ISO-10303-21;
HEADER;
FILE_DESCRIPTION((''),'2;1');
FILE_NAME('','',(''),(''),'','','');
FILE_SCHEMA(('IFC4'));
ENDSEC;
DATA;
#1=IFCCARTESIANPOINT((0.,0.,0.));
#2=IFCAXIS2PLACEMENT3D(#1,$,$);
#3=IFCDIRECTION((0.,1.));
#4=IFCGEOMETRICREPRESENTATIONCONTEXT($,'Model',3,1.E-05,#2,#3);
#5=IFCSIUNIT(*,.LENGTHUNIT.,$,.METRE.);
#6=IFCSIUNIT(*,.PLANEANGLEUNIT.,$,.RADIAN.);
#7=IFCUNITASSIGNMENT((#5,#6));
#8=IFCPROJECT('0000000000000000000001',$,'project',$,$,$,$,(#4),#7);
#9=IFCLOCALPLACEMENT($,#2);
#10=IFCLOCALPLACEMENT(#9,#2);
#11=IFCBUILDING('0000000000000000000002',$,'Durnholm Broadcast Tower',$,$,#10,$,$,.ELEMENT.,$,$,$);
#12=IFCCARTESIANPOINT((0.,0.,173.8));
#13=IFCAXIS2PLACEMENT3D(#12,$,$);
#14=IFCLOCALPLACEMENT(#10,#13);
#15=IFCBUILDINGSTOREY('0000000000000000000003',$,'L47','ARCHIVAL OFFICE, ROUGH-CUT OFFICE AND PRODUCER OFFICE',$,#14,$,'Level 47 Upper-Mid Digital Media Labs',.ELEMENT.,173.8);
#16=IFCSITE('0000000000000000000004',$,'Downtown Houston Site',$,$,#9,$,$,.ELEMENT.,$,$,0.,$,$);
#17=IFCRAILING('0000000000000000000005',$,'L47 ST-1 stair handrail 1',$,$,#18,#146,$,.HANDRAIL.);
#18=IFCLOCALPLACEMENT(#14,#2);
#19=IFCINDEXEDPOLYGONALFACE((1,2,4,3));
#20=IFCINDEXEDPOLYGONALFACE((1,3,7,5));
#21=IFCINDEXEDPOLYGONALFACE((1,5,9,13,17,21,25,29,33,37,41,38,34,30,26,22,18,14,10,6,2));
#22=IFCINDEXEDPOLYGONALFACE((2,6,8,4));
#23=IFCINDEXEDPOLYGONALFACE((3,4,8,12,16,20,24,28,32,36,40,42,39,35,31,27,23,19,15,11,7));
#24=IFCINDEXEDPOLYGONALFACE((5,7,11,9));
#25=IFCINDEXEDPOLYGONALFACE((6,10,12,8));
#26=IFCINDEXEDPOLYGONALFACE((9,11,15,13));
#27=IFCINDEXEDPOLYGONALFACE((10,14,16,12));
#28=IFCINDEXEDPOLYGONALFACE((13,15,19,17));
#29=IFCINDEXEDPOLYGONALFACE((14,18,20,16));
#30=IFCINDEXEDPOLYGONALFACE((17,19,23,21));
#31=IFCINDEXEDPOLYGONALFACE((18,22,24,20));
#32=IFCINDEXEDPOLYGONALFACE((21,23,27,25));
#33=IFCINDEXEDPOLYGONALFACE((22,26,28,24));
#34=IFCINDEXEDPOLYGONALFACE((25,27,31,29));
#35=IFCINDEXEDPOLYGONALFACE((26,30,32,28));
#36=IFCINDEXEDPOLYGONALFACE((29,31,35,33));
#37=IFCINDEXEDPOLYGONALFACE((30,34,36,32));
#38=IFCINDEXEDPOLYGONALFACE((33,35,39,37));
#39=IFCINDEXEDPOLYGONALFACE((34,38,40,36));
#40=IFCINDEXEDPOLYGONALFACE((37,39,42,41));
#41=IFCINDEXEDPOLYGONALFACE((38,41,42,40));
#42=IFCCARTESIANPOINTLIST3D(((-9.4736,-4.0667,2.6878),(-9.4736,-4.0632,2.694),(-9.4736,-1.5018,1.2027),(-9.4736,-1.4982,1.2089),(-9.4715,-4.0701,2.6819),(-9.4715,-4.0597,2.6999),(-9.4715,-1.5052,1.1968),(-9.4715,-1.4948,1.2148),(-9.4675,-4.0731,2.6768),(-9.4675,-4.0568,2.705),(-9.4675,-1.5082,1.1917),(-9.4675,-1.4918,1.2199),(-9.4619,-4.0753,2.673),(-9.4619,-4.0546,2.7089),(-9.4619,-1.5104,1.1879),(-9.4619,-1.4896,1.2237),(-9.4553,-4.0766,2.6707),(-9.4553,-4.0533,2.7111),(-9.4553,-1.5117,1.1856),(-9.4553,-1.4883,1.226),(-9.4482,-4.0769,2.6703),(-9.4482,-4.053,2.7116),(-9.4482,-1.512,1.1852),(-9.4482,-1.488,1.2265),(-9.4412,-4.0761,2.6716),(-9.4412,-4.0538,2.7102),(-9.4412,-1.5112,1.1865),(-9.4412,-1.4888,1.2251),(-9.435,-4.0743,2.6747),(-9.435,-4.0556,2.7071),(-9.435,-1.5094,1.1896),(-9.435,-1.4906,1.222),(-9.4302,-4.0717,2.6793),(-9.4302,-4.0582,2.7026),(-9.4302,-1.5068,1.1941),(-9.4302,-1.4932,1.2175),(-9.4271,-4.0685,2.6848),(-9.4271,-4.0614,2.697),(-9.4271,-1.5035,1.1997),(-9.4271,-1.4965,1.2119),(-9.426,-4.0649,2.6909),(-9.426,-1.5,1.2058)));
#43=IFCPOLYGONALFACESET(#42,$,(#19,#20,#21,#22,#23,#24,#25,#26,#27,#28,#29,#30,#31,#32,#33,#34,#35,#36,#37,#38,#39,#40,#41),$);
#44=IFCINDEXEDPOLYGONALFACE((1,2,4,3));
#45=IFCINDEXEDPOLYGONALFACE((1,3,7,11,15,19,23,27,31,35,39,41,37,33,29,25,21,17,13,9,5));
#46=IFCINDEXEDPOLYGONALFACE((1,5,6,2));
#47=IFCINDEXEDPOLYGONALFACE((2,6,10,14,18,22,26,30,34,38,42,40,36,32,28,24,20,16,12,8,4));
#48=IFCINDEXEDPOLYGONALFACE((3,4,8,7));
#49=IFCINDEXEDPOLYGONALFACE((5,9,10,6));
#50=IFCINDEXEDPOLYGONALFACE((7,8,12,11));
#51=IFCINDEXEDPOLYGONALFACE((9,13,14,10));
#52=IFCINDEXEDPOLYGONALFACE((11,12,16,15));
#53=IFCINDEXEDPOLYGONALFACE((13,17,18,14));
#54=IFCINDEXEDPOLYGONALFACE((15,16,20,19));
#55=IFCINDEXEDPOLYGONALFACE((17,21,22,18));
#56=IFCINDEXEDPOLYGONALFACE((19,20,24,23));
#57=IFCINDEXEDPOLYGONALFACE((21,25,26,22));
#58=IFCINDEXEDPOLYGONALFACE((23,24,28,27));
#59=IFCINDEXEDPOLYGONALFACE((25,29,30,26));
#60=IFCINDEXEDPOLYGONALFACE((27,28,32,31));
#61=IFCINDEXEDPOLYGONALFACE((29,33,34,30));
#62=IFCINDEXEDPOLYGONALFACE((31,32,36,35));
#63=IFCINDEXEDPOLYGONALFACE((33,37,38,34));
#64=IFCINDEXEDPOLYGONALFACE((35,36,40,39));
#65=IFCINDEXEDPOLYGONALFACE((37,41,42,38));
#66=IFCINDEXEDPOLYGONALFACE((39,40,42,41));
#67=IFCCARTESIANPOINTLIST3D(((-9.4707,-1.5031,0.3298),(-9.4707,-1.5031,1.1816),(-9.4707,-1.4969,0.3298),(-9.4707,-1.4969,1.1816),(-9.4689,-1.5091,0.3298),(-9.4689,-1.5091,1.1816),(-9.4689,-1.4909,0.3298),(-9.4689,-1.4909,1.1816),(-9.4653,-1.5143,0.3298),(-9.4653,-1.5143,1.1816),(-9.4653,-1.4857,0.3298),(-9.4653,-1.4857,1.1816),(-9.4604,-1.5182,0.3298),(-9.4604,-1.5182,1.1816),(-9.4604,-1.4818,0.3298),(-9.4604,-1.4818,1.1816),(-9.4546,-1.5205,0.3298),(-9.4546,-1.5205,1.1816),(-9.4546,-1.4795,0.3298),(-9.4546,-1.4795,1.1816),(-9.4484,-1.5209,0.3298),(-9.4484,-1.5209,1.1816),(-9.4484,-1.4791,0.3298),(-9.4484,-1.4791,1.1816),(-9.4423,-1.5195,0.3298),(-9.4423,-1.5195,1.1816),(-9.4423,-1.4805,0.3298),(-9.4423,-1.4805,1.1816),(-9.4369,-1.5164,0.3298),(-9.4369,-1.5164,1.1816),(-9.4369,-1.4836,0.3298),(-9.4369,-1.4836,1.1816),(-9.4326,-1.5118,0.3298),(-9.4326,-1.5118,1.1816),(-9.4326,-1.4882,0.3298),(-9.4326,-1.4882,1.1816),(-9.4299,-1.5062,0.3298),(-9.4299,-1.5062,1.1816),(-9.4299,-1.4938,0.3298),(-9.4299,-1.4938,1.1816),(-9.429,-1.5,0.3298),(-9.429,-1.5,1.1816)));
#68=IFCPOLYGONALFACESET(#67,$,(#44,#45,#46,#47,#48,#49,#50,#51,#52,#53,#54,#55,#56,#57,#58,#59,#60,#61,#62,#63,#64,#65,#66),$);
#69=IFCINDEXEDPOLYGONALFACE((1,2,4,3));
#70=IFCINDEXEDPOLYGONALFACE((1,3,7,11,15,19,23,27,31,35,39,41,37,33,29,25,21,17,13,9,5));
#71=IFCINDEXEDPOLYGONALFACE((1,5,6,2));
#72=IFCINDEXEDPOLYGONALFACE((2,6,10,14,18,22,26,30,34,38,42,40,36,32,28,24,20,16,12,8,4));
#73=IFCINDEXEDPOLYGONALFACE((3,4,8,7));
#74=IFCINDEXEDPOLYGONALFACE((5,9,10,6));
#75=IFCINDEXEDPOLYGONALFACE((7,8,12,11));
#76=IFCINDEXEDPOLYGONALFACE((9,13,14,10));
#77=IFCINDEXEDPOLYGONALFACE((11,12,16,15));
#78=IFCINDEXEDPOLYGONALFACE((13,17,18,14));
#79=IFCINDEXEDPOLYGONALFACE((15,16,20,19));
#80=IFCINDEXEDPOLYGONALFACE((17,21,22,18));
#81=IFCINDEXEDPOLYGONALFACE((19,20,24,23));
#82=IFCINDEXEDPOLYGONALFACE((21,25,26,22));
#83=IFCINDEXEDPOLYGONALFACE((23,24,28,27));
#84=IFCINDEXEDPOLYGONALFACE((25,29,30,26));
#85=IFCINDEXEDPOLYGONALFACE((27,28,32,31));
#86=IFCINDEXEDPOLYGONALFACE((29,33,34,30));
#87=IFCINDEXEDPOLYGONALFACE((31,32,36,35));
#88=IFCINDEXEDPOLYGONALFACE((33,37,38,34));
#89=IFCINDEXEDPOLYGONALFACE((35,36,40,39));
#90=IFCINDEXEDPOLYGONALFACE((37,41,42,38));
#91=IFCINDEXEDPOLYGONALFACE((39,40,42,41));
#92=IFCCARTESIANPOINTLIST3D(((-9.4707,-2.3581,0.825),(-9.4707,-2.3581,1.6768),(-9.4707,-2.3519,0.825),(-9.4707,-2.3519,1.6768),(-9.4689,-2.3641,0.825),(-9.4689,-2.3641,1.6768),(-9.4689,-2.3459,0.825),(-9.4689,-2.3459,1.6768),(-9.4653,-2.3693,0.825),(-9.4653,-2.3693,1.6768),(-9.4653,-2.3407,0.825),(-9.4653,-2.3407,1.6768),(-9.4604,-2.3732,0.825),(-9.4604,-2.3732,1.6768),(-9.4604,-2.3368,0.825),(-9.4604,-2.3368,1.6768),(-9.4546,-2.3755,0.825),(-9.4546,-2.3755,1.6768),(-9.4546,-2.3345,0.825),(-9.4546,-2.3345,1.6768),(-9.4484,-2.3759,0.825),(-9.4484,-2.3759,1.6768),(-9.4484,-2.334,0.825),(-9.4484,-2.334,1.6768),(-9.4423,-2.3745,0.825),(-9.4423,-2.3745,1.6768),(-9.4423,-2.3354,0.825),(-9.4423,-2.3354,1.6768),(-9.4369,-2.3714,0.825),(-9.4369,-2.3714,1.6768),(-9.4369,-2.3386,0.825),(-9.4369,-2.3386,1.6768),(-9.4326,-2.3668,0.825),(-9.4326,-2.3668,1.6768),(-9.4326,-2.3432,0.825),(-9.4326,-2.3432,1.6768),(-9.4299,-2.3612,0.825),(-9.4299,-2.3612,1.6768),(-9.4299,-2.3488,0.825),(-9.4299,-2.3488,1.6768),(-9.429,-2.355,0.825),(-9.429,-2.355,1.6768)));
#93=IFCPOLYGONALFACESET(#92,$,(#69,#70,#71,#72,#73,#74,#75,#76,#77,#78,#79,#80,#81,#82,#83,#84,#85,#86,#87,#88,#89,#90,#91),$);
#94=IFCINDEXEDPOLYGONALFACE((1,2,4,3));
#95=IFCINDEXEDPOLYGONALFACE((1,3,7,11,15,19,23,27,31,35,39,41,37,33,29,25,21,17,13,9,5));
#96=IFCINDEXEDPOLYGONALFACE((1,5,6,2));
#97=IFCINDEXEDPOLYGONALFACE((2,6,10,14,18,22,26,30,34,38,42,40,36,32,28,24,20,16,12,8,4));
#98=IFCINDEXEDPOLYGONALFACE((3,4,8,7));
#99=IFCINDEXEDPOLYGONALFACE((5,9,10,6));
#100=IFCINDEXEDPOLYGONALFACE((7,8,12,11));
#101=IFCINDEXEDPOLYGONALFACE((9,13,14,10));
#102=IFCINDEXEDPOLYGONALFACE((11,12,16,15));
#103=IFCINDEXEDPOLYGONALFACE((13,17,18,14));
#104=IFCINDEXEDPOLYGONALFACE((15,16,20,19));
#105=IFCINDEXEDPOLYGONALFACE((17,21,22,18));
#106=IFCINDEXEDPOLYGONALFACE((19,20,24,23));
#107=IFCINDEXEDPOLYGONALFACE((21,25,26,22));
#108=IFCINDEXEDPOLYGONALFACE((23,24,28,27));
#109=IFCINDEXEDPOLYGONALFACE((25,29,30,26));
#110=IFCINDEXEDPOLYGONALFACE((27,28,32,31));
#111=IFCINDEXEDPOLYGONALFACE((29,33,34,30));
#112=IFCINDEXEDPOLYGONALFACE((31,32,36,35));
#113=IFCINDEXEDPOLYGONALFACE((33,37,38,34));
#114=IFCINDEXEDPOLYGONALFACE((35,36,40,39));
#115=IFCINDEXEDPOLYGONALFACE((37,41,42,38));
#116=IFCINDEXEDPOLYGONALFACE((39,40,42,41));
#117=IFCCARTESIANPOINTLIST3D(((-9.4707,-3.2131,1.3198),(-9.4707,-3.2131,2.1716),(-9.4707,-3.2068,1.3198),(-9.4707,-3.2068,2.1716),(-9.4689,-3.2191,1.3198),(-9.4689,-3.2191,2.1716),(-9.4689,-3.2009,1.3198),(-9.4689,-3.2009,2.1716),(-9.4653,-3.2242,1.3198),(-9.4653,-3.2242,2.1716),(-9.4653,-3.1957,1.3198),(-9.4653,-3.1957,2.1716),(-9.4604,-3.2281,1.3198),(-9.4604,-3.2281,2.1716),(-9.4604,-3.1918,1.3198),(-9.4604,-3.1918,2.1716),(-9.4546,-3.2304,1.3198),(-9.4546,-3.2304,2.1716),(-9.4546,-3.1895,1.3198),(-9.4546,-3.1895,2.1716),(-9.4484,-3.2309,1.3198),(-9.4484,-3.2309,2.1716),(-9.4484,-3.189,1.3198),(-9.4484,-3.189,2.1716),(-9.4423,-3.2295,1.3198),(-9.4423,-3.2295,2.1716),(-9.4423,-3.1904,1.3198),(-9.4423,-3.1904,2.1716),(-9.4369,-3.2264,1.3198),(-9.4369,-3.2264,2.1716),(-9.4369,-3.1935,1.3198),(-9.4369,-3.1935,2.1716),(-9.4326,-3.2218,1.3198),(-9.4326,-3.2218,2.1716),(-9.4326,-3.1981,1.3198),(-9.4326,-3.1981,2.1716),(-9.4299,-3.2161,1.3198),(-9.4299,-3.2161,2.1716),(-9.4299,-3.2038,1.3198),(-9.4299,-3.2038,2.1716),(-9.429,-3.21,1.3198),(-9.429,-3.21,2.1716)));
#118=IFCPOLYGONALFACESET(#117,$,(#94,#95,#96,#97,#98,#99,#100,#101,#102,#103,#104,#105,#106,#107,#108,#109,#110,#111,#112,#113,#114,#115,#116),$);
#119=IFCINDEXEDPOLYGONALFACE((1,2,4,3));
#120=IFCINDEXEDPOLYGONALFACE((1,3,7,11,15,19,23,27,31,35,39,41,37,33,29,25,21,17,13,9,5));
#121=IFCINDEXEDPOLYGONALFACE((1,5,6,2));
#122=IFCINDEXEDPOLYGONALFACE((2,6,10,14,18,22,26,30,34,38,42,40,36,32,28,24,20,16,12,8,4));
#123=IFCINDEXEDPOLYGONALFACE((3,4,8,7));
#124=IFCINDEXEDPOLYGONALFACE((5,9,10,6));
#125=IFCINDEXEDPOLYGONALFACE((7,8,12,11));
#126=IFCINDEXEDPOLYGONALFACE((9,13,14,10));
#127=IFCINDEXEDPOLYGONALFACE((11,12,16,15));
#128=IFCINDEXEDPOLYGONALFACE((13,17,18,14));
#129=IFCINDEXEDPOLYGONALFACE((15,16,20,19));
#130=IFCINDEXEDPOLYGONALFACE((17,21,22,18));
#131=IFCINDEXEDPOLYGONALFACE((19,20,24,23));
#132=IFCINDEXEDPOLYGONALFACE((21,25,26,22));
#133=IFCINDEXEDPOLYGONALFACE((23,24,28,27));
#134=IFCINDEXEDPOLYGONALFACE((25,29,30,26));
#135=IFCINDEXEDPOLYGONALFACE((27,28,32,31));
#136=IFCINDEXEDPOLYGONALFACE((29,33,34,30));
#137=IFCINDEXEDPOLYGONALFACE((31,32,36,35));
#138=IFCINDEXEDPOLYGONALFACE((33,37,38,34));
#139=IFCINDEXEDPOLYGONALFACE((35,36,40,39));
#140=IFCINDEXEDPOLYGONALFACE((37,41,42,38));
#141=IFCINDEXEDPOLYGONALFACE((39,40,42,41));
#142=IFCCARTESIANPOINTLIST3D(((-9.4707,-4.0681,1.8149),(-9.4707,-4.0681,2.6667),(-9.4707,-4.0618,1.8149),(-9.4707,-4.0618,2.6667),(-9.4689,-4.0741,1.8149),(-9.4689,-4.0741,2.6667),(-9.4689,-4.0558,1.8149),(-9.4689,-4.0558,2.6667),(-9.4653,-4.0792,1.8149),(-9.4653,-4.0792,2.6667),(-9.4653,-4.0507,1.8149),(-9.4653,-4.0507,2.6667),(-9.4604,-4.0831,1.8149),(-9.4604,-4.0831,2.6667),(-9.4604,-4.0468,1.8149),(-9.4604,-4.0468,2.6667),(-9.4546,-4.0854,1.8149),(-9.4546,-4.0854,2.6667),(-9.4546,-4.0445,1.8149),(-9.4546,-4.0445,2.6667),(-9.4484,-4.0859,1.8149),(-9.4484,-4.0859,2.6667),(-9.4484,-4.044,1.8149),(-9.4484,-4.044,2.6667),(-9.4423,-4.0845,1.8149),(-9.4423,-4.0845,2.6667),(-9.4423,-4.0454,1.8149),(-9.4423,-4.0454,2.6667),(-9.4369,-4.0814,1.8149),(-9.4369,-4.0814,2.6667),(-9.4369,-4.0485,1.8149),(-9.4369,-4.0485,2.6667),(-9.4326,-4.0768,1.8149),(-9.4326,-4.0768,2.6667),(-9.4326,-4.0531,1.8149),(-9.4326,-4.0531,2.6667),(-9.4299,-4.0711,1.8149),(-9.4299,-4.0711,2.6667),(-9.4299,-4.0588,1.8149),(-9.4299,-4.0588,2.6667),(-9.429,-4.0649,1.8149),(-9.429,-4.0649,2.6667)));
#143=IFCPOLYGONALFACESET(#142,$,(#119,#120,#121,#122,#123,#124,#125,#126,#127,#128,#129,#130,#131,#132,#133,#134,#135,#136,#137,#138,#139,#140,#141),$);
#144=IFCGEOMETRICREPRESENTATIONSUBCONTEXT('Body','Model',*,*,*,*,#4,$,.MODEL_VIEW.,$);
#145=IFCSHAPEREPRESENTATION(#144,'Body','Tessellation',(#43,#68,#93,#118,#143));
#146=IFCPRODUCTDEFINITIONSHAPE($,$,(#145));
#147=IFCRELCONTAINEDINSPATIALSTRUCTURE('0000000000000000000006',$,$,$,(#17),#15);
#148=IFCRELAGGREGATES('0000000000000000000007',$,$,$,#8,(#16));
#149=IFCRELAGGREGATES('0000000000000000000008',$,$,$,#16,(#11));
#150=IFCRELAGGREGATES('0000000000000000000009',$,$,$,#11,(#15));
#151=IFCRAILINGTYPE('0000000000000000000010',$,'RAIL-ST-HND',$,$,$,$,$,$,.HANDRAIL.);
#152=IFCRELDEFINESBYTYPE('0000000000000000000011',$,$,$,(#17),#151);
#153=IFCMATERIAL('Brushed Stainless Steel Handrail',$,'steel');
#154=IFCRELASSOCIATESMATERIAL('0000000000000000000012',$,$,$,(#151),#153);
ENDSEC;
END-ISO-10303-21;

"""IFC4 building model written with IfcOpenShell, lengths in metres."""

from ifc_helpers import new_model, si_unit, direction, frame, origin, origin_2d, place, context, subcontext, project, spatial, circle, extrude, material, type_object, element, save


model = new_model("IFC4")

# Units and contexts
model_context = context("Model", 3, precision=1e-05, world=origin(), true_north=direction((0.0, 1.0)))
body_context = subcontext(model_context, "Body", "Model", "MODEL_VIEW")
ifc_project = project(units=[si_unit("LENGTHUNIT", "METRE"), si_unit("PLANEANGLEUNIT", "RADIAN")], contexts=[model_context])

# Site, building, storey
site_placement = place(None, origin())
site = spatial("IfcSite", under=ifc_project, at=site_placement, Name="Downtown Houston Site", CompositionType="ELEMENT", RefElevation=0.0)
building_placement = place(site_placement, origin())
building = spatial("IfcBuilding", under=site, at=building_placement, Name="Durnholm Broadcast Tower", CompositionType="ELEMENT")
storey_placement = place(building_placement, frame((0.0, 0.0, 173.8)))
storey = spatial("IfcBuildingStorey", under=building, at=storey_placement, Name="L47", Description="ARCHIVAL OFFICE, ROUGH-CUT OFFICE AND PRODUCER OFFICE", LongName="Level 47 Upper-Mid Digital Media Labs", CompositionType="ELEMENT", Elevation=173.8)

# Railing
ifc_material_1 = material(Name="Brushed Stainless Steel Handrail", Category="steel")
railing_type = type_object("IfcRailingType", Name="RAIL-ST-HND", PredefinedType="HANDRAIL", material=ifc_material_1)
railing_placement = place(storey_placement, frame((-9.45, -1.5, 0.3298)))
element("IfcRailing", 1, at=railing_placement, inside=storey, type_object=railing_type, Name="L47 ST-1 stair handrail 1", PredefinedType="HANDRAIL", context=body_context, shape_type="SweptSolid", body=[
    extrude(circle(Radius=0.0239, at=origin_2d()), frame((0.0, 0.0, 0.876), z_axis=(0.0, -0.865406, 0.501072), x_axis=(1.0, 0.0, 0.0)), (0.0, 0.0, 1.0), 2.9639),
    extrude(circle(Radius=0.021, at=origin_2d()), origin(), (0.0, 0.0, 1.0), 0.8518),
    extrude(circle(Radius=0.021, at=origin_2d()), frame((0.0, -0.855, 0.4951)), (0.0, 0.0, 1.0), 0.8518),
    extrude(circle(Radius=0.021, at=origin_2d()), frame((0.0, -1.71, 0.99)), (0.0, 0.0, 1.0), 0.8518),
    extrude(circle(Radius=0.021, at=origin_2d()), frame((0.0, -2.5649, 1.4851)), (0.0, 0.0, 1.0), 0.8518),
])

save(model, "model.ifc")
